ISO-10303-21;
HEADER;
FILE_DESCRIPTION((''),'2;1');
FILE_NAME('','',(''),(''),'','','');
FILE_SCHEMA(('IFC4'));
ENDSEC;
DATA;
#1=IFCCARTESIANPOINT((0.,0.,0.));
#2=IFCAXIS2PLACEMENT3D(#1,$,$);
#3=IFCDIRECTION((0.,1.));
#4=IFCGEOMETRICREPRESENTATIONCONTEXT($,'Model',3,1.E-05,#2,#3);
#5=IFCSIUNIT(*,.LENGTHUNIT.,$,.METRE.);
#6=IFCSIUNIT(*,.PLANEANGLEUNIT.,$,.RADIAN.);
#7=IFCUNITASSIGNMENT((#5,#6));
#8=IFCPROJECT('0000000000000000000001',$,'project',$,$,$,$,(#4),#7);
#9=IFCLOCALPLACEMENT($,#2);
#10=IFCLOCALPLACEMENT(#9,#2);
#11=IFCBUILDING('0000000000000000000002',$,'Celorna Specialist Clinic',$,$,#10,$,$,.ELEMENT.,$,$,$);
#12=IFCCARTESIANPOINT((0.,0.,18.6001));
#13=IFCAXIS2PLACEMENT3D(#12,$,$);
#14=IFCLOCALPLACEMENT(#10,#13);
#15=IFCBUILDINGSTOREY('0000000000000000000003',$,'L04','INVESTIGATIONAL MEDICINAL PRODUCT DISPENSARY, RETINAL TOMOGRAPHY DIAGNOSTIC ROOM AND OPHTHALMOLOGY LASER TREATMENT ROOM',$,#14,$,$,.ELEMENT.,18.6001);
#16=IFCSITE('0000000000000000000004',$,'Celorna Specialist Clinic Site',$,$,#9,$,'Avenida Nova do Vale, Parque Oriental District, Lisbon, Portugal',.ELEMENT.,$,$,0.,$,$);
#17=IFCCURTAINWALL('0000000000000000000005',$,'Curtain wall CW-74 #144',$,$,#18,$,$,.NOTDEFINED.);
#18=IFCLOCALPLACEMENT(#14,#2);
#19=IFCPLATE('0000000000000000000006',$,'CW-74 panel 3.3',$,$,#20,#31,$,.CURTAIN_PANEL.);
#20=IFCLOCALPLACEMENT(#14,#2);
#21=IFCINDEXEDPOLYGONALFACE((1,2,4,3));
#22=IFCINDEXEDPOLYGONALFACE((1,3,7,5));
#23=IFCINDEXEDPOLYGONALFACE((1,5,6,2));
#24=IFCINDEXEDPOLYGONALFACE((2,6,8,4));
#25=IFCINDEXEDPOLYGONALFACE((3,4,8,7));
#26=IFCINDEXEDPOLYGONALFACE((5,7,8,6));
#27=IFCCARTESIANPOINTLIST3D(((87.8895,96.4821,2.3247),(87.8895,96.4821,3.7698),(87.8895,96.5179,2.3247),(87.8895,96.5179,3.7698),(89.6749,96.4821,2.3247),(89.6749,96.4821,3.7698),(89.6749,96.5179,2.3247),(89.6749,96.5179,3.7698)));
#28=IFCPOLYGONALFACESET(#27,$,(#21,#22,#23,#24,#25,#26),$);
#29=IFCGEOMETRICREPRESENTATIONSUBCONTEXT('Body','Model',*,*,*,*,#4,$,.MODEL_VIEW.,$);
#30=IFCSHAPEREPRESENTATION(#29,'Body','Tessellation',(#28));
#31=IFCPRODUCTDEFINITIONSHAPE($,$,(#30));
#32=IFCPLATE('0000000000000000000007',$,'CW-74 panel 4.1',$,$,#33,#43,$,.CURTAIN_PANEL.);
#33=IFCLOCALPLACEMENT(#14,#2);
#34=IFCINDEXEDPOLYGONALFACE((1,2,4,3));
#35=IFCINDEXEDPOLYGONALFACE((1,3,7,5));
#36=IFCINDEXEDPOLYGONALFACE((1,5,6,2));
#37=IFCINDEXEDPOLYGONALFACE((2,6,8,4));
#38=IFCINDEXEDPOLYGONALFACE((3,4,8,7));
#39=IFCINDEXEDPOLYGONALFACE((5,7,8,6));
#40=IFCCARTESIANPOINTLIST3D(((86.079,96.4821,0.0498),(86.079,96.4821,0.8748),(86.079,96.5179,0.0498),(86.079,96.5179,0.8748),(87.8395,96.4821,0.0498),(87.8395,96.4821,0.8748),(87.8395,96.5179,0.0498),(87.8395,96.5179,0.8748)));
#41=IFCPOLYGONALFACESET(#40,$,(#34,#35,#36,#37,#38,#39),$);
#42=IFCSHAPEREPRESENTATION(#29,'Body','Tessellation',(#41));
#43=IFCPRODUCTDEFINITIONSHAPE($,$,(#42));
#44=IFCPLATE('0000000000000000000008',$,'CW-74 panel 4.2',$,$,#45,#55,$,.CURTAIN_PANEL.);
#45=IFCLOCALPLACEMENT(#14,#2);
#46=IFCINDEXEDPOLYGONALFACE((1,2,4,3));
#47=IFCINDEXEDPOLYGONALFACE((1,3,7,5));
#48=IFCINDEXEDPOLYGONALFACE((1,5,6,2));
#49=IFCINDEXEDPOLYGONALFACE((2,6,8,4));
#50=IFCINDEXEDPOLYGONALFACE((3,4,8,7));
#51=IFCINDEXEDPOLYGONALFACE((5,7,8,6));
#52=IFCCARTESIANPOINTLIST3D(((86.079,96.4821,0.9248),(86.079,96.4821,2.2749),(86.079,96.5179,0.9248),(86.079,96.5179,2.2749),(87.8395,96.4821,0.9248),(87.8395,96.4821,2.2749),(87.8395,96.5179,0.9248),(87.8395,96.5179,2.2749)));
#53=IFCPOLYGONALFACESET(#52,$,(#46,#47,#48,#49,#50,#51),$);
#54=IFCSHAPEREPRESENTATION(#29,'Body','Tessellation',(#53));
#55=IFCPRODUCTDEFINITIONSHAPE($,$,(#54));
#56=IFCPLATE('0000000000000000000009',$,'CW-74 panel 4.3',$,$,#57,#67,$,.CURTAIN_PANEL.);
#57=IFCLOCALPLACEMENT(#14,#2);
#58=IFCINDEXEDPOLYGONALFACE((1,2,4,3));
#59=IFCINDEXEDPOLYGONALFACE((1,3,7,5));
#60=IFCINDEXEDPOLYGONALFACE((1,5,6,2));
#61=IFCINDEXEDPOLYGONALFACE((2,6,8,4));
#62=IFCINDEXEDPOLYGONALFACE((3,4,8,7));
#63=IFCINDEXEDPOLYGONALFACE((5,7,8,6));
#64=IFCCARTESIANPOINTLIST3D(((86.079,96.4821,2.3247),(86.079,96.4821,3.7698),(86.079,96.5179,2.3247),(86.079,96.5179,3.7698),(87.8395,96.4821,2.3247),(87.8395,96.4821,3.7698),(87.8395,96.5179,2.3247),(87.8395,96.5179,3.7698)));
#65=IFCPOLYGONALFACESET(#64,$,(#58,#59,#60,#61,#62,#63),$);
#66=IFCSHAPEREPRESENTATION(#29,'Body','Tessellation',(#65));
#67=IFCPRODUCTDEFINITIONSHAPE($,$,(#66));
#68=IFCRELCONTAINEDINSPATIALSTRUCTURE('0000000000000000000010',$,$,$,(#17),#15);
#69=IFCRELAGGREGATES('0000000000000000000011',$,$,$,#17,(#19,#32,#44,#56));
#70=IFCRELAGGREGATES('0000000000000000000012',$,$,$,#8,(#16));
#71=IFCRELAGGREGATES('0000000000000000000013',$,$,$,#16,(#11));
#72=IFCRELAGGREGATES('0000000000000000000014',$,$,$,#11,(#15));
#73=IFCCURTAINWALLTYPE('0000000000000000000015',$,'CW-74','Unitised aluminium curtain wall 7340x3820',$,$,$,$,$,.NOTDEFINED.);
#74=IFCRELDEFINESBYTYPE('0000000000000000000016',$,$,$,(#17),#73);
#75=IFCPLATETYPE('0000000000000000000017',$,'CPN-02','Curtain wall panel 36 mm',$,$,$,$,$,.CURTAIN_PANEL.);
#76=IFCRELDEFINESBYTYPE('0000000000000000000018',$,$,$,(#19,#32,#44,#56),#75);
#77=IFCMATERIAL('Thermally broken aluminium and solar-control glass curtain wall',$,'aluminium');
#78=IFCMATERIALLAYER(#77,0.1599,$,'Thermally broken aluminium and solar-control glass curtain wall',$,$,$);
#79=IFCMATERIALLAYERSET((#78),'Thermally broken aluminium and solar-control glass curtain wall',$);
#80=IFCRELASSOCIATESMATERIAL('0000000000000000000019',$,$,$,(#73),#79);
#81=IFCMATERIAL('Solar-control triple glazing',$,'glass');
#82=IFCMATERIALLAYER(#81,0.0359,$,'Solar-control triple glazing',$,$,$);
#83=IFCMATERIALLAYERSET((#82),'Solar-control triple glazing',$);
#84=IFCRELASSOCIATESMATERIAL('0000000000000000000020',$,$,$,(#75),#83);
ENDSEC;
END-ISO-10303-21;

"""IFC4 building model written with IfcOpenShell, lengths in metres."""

from ifc_helpers import new_model, si_unit, direction, frame, origin, origin_2d, place, context, subcontext, project, spatial, rectangle, extrude, material, layer, layer_set, type_object, element, aggregate, save


model = new_model("IFC4")

# Units and contexts
model_context = context("Model", 3, precision=1e-05, world=origin(), true_north=direction((0.0, 1.0)))
body_context = subcontext(model_context, "Body", "Model", "MODEL_VIEW")
ifc_project = project(units=[si_unit("LENGTHUNIT", "METRE"), si_unit("PLANEANGLEUNIT", "RADIAN")], contexts=[model_context])

# Site, building, storey
site_placement = place(None, origin())
site = spatial("IfcSite", under=ifc_project, at=site_placement, Name="Celorna Specialist Clinic Site", LongName="Avenida Nova do Vale, Parque Oriental District, Lisbon, Portugal", CompositionType="ELEMENT", RefElevation=0.0)
building_placement = place(site_placement, origin())
building = spatial("IfcBuilding", under=site, at=building_placement, Name="Celorna Specialist Clinic", CompositionType="ELEMENT")
storey_placement = place(building_placement, frame((0.0, 0.0, 18.6001)))
storey = spatial("IfcBuildingStorey", under=building, at=storey_placement, Name="L04", Description="INVESTIGATIONAL MEDICINAL PRODUCT DISPENSARY, RETINAL TOMOGRAPHY DIAGNOSTIC ROOM AND OPHTHALMOLOGY LASER TREATMENT ROOM", CompositionType="ELEMENT", Elevation=18.6001)

# Shared definitions
ifc_material_1 = material(Name="Thermally broken aluminium and solar-control glass curtain wall", Category="aluminium")

# Curtain wall
ifc_layer_1 = layer(ifc_material_1, 0.1599, Name="Thermally broken aluminium and solar-control glass curtain wall")
ifc_layer_set_1 = layer_set([ifc_layer_1], Name="Thermally broken aluminium and solar-control glass curtain wall")
curtain_wall_type_1 = type_object("IfcCurtainWallType", Name="CW-74", Description="Unitised aluminium curtain wall 7340x3820", PredefinedType="NOTDEFINED", material=ifc_layer_set_1)
curtain_wall_1_placement = place(storey_placement, origin())
curtain_wall_1 = element("IfcCurtainWall", 1, at=curtain_wall_1_placement, inside=storey, type_object=curtain_wall_type_1, Name="Curtain wall CW-74 #144", PredefinedType="NOTDEFINED")

# Plates
ifc_material_2 = material(Name="Solar-control triple glazing", Category="glass")
ifc_layer_2 = layer(ifc_material_2, 0.0359, Name="Solar-control triple glazing")
ifc_layer_set_2 = layer_set([ifc_layer_2], Name="Solar-control triple glazing")
plate_type = type_object("IfcPlateType", Name="CPN-02", Description="Curtain wall panel 36 mm", PredefinedType="CURTAIN_PANEL", material=ifc_layer_set_2)
plate_1_placement = place(storey_placement, frame((88.7822, 96.5, 2.3247), z_axis=(0.0, 0.0, 1.0), x_axis=(-1.0, 0.0, 0.0)))
plate_1 = element("IfcPlate", 2, at=plate_1_placement, type_object=plate_type, Name="CW-74 panel 3.3", PredefinedType="CURTAIN_PANEL", context=body_context, shape_type="SweptSolid", body=[
    extrude(rectangle(XDim=1.7854, YDim=0.0359, at=origin_2d()), origin(), (0.0, 0.0, 1.0), 1.4451),
])
plate_2_placement = place(storey_placement, frame((86.9592, 96.5, 0.0498), z_axis=(0.0, 0.0, 1.0), x_axis=(-1.0, 0.0, 0.0)))
plate_2 = element("IfcPlate", 3, at=plate_2_placement, type_object=plate_type, Name="CW-74 panel 4.1", PredefinedType="CURTAIN_PANEL", context=body_context, shape_type="SweptSolid", body=[
    extrude(rectangle(XDim=1.7605, YDim=0.0359, at=origin_2d()), origin(), (0.0, 0.0, 1.0), 0.825),
])
plate_3_placement = place(storey_placement, frame((86.9592, 96.5, 0.9248), z_axis=(0.0, 0.0, 1.0), x_axis=(-1.0, 0.0, 0.0)))
plate_3 = element("IfcPlate", 4, at=plate_3_placement, type_object=plate_type, Name="CW-74 panel 4.2", PredefinedType="CURTAIN_PANEL", context=body_context, shape_type="SweptSolid", body=[
    extrude(rectangle(XDim=1.7605, YDim=0.0359, at=origin_2d()), origin(), (0.0, 0.0, 1.0), 1.3501),
])
plate_4_placement = place(storey_placement, frame((86.9592, 96.5, 2.3247), z_axis=(0.0, 0.0, 1.0), x_axis=(-1.0, 0.0, 0.0)))
plate_4 = element("IfcPlate", 5, at=plate_4_placement, type_object=plate_type, Name="CW-74 panel 4.3", PredefinedType="CURTAIN_PANEL", context=body_context, shape_type="SweptSolid", body=[
    extrude(rectangle(XDim=1.7605, YDim=0.0359, at=origin_2d()), origin(), (0.0, 0.0, 1.0), 1.4451),
])
aggregate(curtain_wall_1, [plate_1, plate_2, plate_3, plate_4])

save(model, "model.ifc")
